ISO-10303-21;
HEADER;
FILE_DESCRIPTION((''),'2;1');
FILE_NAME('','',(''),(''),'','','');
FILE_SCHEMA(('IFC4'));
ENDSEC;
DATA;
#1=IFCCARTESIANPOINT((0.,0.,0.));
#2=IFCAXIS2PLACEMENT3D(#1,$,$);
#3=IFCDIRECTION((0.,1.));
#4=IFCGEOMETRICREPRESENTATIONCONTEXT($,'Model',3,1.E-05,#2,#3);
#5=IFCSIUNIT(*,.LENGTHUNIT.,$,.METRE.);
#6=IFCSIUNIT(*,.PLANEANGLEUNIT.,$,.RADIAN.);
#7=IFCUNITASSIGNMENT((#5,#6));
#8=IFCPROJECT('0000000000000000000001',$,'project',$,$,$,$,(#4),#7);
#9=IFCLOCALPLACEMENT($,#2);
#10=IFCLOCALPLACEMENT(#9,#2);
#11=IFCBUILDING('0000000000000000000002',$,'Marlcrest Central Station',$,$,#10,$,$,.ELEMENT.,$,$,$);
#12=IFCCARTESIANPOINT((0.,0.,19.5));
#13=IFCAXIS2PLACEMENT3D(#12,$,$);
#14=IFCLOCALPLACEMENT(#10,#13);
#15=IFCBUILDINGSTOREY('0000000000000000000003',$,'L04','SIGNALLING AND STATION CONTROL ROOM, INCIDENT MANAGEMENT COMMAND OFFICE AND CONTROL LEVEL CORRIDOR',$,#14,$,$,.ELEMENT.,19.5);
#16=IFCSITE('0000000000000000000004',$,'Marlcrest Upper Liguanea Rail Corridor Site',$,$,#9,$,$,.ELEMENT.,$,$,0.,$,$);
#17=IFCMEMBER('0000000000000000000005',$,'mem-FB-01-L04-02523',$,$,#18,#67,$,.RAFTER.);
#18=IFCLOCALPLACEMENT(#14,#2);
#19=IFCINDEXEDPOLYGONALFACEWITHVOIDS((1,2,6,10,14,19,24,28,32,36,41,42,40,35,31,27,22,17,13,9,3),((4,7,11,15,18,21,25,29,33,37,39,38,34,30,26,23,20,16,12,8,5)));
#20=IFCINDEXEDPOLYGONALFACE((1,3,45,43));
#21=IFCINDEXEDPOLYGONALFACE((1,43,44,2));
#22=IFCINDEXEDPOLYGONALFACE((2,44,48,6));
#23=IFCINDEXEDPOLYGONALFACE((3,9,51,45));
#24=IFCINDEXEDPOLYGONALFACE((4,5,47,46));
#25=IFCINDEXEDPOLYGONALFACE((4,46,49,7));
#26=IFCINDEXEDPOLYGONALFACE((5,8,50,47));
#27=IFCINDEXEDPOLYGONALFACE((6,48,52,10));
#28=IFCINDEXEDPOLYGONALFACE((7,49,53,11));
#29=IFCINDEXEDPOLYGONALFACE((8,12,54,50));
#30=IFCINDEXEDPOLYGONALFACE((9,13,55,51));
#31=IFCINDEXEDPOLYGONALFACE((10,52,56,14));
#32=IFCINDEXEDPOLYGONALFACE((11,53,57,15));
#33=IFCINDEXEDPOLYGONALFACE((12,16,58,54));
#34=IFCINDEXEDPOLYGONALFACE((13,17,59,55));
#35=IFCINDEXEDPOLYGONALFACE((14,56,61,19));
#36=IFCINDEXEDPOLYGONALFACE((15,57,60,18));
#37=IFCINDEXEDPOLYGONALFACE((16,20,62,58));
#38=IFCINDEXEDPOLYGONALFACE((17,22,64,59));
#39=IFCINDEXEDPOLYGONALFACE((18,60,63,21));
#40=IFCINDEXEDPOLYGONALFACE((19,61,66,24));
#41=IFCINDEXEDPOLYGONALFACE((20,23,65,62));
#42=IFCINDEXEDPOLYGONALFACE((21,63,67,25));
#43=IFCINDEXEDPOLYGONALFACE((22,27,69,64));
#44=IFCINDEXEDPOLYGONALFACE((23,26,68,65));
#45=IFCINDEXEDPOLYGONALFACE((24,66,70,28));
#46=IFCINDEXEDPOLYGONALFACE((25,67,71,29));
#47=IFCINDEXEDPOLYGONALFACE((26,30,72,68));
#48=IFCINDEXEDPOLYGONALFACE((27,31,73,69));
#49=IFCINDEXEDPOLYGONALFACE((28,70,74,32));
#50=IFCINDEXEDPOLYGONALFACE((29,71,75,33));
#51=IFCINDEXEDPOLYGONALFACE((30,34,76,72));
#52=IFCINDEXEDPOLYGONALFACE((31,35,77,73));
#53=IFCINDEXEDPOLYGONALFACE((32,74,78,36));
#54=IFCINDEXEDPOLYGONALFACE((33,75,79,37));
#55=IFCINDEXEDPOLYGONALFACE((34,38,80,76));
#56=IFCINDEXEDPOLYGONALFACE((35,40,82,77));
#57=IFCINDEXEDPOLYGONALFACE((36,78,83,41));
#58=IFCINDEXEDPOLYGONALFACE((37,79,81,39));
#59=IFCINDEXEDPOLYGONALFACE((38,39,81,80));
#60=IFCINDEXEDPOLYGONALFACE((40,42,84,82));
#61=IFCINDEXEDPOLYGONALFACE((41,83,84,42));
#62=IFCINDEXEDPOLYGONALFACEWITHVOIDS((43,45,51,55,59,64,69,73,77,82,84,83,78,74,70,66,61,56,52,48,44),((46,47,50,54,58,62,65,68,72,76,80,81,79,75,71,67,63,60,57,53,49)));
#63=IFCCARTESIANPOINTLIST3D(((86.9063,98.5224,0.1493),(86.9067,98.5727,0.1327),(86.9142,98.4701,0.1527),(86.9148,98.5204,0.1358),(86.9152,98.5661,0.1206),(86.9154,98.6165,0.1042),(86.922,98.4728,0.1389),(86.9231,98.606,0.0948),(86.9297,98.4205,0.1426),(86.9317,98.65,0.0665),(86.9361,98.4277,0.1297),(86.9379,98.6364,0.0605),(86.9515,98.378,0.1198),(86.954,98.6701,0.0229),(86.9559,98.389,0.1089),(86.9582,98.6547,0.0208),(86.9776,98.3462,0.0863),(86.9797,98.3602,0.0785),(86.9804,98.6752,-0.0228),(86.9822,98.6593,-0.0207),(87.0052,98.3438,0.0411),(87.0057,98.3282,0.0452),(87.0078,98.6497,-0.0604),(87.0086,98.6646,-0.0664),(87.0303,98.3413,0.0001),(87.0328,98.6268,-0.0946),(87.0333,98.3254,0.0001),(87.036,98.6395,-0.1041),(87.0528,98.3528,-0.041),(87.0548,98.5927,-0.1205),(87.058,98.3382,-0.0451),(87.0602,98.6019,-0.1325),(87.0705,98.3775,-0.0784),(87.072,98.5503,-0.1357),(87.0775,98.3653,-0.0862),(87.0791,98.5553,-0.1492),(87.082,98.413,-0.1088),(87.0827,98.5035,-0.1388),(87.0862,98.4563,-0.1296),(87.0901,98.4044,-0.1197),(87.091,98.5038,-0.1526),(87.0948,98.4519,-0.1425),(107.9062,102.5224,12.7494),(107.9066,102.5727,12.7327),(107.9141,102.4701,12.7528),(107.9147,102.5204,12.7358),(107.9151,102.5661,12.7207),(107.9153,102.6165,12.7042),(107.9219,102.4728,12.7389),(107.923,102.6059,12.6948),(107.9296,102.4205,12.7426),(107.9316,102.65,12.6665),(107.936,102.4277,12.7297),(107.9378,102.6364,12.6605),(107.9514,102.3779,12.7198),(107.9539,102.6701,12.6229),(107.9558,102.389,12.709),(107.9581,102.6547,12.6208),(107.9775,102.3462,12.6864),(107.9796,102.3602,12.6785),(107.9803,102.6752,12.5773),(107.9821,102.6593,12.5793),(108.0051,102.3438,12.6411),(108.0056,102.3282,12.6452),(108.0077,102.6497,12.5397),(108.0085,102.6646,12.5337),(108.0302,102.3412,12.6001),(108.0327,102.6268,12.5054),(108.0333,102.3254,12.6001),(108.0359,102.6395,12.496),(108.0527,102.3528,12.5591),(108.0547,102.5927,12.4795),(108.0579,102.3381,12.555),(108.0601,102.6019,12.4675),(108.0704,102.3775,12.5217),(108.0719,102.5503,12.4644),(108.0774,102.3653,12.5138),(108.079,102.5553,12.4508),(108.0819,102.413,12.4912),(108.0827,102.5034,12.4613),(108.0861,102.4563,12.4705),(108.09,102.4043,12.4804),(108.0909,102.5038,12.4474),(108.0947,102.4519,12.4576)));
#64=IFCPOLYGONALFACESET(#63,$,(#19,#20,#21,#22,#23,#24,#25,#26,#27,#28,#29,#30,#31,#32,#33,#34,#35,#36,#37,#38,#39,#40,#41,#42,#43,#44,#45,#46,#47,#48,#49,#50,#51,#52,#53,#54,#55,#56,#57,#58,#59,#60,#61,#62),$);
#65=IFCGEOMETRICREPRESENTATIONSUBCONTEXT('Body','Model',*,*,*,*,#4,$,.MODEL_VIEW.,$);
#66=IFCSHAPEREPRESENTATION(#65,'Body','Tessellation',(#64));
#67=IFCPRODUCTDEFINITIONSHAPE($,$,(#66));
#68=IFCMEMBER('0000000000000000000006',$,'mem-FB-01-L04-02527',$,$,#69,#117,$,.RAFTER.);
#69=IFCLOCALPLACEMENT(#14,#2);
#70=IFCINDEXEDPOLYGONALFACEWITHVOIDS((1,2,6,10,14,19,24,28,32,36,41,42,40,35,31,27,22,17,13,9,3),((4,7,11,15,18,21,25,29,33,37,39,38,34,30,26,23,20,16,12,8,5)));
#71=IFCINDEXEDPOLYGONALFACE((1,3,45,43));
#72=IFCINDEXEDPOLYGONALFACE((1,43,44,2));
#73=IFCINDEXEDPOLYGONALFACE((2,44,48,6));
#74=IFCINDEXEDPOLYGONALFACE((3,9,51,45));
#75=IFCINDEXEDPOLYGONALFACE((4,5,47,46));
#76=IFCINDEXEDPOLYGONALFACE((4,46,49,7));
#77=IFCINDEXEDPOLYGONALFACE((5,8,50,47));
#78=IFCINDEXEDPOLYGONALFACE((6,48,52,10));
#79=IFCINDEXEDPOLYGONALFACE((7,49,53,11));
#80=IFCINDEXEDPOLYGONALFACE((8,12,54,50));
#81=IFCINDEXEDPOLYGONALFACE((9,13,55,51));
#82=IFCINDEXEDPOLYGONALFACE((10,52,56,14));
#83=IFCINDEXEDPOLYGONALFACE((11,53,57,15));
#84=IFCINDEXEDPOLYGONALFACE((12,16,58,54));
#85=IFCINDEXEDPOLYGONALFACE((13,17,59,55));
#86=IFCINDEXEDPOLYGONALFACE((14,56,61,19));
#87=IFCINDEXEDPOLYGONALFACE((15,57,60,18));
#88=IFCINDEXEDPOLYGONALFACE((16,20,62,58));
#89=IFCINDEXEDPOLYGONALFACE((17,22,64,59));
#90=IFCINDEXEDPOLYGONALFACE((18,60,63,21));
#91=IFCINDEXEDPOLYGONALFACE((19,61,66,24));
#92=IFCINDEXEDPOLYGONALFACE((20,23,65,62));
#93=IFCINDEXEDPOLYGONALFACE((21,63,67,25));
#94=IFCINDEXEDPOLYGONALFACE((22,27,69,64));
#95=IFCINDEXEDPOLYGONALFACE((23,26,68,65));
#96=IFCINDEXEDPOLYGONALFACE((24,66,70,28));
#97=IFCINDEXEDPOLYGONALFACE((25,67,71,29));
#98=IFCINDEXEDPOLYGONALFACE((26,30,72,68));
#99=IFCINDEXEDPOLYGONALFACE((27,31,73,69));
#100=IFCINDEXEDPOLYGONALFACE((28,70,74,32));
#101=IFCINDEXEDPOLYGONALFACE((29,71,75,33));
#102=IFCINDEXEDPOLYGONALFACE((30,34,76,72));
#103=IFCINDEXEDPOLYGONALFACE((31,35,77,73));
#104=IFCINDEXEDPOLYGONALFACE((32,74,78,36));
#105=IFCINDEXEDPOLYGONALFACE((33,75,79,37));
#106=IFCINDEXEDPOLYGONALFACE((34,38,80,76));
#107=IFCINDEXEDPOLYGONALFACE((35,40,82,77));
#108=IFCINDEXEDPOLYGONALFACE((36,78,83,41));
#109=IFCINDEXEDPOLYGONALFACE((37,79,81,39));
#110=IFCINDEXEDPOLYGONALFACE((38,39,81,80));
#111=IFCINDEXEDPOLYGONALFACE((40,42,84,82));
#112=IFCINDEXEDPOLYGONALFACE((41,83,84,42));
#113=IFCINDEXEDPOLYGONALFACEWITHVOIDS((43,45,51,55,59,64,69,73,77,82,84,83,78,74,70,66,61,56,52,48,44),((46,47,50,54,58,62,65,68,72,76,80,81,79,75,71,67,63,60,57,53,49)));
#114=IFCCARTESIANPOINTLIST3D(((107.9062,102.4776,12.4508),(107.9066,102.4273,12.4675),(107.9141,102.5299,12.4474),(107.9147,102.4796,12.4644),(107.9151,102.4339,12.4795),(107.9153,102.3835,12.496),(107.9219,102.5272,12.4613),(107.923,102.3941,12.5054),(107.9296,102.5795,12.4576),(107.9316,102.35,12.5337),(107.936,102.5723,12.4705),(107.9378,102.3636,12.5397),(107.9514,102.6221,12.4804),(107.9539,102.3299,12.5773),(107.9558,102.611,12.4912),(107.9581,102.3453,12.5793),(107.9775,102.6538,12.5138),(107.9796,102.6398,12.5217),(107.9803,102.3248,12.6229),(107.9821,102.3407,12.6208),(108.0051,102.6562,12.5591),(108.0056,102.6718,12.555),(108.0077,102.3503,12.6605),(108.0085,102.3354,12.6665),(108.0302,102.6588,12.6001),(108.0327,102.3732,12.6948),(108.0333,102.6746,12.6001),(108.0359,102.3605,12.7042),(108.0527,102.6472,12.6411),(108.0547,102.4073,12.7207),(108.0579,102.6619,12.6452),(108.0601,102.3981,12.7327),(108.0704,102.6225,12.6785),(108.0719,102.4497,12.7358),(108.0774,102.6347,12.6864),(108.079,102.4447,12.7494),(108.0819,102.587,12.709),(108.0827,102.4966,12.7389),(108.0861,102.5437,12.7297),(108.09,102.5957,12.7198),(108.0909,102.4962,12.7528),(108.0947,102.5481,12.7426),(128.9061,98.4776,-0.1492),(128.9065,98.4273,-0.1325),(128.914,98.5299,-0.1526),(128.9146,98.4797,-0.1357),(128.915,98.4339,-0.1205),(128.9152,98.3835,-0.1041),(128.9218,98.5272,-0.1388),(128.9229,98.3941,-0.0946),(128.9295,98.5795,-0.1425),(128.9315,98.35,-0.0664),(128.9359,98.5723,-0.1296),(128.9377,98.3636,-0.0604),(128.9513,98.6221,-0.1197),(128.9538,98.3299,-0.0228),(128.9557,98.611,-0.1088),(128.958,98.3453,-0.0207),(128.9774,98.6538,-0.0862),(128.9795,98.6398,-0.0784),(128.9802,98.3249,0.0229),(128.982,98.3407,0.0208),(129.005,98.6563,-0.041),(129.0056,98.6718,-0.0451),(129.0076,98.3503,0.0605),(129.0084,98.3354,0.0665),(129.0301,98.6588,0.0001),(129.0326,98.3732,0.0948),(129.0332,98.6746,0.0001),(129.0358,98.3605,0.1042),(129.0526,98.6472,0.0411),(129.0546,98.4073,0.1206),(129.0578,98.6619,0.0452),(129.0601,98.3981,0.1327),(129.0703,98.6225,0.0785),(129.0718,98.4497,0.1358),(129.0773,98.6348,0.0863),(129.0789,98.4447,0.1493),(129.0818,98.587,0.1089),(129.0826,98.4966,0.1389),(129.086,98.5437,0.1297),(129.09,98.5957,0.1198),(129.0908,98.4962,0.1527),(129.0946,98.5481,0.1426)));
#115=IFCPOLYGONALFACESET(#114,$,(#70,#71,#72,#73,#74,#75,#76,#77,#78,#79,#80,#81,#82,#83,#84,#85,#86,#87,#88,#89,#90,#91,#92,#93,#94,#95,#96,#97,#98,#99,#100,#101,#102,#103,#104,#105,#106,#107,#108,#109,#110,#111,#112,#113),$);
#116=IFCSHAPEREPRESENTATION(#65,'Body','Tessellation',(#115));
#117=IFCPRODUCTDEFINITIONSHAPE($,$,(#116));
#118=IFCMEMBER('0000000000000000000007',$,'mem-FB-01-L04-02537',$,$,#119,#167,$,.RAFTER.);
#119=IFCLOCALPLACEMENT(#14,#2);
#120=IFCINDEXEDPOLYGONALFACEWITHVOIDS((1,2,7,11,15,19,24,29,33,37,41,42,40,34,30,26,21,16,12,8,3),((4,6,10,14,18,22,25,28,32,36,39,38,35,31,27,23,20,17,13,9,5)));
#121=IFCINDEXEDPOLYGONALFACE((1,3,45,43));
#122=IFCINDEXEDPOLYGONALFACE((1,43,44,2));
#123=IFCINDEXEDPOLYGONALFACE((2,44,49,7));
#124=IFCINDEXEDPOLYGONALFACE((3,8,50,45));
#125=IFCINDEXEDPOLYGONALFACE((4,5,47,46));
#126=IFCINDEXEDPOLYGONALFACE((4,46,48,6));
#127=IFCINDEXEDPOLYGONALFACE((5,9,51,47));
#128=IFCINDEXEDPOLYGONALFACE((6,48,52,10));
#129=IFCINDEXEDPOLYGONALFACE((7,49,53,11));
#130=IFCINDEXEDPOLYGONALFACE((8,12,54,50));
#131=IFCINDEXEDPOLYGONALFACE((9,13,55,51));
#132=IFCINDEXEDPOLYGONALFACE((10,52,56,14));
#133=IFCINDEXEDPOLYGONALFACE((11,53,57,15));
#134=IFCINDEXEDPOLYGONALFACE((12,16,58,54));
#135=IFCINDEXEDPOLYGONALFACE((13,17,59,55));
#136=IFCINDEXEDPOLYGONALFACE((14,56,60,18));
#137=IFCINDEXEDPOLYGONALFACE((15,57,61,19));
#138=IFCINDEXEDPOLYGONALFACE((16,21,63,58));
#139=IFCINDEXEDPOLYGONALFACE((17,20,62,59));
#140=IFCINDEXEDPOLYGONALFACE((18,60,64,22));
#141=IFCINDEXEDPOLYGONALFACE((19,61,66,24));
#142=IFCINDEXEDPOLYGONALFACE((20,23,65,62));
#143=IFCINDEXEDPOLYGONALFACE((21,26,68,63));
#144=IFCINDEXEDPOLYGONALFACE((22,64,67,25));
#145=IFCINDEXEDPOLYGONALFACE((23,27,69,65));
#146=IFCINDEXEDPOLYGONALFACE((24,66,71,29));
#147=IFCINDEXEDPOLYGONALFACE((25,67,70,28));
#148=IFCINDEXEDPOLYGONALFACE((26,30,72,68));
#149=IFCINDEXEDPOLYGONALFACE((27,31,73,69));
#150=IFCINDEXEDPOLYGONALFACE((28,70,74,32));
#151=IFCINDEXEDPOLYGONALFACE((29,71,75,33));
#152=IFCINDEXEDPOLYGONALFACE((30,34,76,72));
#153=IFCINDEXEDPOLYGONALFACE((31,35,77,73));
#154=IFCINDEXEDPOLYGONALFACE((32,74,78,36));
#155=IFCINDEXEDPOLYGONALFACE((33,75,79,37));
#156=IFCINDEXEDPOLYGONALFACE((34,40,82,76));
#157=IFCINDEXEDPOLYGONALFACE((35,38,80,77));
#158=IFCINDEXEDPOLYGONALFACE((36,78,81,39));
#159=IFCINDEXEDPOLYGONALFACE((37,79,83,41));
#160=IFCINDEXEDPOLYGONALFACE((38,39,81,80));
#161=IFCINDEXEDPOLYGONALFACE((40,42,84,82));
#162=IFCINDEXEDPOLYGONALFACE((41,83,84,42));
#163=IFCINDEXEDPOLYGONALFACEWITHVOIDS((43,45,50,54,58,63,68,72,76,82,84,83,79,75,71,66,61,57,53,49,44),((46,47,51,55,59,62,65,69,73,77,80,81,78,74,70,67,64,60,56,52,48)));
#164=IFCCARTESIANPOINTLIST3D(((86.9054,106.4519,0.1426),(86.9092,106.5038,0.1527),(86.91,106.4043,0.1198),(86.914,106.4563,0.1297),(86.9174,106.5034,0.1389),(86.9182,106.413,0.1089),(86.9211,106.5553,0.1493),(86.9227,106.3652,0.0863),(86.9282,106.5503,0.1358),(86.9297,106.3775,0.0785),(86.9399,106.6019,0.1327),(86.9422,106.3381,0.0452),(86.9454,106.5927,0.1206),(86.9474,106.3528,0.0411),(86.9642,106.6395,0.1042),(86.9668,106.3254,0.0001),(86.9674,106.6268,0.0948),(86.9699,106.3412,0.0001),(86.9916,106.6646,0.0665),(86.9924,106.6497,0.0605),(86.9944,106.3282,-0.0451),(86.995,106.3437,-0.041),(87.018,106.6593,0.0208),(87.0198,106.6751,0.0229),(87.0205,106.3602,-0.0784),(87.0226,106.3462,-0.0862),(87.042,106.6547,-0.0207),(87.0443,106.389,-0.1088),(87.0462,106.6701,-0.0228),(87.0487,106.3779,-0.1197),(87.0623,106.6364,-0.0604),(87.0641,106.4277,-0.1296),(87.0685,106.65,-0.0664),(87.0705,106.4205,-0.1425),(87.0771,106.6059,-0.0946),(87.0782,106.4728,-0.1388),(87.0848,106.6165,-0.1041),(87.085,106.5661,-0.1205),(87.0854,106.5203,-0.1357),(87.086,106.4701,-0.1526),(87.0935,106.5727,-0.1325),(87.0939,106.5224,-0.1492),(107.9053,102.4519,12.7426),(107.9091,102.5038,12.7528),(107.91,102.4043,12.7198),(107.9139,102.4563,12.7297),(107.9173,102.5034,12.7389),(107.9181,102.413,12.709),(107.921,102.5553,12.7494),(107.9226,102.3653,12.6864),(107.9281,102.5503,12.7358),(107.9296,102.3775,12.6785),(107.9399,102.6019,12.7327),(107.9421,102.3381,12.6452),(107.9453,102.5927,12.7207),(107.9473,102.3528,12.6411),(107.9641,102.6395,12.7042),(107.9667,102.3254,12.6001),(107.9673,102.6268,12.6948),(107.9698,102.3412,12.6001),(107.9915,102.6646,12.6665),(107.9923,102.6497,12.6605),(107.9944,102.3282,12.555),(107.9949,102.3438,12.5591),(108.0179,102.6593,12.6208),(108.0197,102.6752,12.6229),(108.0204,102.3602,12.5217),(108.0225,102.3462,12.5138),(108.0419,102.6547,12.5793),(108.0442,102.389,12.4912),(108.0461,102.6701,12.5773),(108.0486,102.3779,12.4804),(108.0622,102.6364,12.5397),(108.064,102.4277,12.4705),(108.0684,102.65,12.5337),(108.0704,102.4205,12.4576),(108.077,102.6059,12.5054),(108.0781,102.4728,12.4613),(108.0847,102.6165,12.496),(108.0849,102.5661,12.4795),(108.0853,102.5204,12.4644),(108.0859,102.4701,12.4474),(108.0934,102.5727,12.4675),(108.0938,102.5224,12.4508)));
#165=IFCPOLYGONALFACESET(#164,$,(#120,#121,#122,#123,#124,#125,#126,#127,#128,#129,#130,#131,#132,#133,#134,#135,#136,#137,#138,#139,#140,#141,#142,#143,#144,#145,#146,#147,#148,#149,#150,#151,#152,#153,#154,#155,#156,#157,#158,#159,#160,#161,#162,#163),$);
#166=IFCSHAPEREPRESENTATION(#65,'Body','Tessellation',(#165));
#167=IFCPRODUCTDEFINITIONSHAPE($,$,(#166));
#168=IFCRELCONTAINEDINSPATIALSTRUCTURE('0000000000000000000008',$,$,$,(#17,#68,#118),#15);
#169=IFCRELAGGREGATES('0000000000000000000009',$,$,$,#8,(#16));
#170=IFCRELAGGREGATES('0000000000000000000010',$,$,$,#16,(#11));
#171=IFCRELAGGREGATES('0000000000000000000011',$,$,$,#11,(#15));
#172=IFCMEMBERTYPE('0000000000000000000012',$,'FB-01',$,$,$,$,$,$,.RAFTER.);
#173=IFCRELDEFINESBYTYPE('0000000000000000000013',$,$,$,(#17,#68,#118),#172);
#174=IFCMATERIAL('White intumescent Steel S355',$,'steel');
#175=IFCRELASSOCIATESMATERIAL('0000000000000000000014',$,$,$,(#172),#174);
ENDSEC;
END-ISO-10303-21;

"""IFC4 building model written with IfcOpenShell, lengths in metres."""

from ifc_helpers import new_model, si_unit, direction, frame, origin, origin_2d, place, context, subcontext, project, spatial, hollow_circle, extrude, material, material_profile, profile_set, type_object, element, save


model = new_model("IFC4")

# Units and contexts
model_context = context("Model", 3, precision=1e-05, world=origin(), true_north=direction((0.0, 1.0)))
body_context = subcontext(model_context, "Body", "Model", "MODEL_VIEW")
ifc_project = project(units=[si_unit("LENGTHUNIT", "METRE"), si_unit("PLANEANGLEUNIT", "RADIAN")], contexts=[model_context])

# Site, building, storey
site_placement = place(None, origin())
site = spatial("IfcSite", under=ifc_project, at=site_placement, Name="Marlcrest Upper Liguanea Rail Corridor Site", CompositionType="ELEMENT", RefElevation=0.0)
building_placement = place(site_placement, origin())
building = spatial("IfcBuilding", under=site, at=building_placement, Name="Marlcrest Central Station", CompositionType="ELEMENT")
storey_placement = place(building_placement, frame((0.0, 0.0, 19.5)))
storey = spatial("IfcBuildingStorey", under=building, at=storey_placement, Name="L04", Description="SIGNALLING AND STATION CONTROL ROOM, INCIDENT MANAGEMENT COMMAND OFFICE AND CONTROL LEVEL CORRIDOR", CompositionType="ELEMENT", Elevation=19.5)

# Members
ifc_material_1 = material(Name="White intumescent Steel S355", Category="steel")
ifc_material_profile_1 = material_profile(ifc_material_1, hollow_circle(Radius=0.1777, WallThickness=0.0161, at=origin_2d()), Name="CHS 355.6x16")
ifc_profile_set_1 = profile_set([ifc_material_profile_1], Name="White intumescent Steel S355")
member_type_1 = type_object("IfcMemberType", Name="FB-01", PredefinedType="RAFTER", material=ifc_profile_set_1)
for number, where, z_axis, x_axis, name in (
    (1, (108.0, 102.5, 12.6001), (-0.846277, -0.161196, -0.50777), (0.187112, -0.982339, 0.0), "mem-FB-01-L04-02523"),
    (2, (108.0, 102.5, 12.6001), (0.846277, -0.161196, -0.50777), (0.187112, 0.982339, 0.0), "mem-FB-01-L04-02527"),
    (3, (108.0, 102.5, 12.6001), (-0.846277, 0.161196, -0.50777), (-0.187112, -0.982339, 0.0), "mem-FB-01-L04-02537"),
):
    element("IfcMember", number, at=place(storey_placement, frame(where, z_axis=z_axis, x_axis=x_axis)), inside=storey, type_object=member_type_1, Name=name, PredefinedType="RAFTER", context=body_context, shape_type="SweptSolid", body=[
        extrude(hollow_circle(Radius=0.1777, WallThickness=0.0161, at=origin_2d()), origin(), (0.0, 0.0, 1.0), 24.8145),
    ])

save(model, "model.ifc")
